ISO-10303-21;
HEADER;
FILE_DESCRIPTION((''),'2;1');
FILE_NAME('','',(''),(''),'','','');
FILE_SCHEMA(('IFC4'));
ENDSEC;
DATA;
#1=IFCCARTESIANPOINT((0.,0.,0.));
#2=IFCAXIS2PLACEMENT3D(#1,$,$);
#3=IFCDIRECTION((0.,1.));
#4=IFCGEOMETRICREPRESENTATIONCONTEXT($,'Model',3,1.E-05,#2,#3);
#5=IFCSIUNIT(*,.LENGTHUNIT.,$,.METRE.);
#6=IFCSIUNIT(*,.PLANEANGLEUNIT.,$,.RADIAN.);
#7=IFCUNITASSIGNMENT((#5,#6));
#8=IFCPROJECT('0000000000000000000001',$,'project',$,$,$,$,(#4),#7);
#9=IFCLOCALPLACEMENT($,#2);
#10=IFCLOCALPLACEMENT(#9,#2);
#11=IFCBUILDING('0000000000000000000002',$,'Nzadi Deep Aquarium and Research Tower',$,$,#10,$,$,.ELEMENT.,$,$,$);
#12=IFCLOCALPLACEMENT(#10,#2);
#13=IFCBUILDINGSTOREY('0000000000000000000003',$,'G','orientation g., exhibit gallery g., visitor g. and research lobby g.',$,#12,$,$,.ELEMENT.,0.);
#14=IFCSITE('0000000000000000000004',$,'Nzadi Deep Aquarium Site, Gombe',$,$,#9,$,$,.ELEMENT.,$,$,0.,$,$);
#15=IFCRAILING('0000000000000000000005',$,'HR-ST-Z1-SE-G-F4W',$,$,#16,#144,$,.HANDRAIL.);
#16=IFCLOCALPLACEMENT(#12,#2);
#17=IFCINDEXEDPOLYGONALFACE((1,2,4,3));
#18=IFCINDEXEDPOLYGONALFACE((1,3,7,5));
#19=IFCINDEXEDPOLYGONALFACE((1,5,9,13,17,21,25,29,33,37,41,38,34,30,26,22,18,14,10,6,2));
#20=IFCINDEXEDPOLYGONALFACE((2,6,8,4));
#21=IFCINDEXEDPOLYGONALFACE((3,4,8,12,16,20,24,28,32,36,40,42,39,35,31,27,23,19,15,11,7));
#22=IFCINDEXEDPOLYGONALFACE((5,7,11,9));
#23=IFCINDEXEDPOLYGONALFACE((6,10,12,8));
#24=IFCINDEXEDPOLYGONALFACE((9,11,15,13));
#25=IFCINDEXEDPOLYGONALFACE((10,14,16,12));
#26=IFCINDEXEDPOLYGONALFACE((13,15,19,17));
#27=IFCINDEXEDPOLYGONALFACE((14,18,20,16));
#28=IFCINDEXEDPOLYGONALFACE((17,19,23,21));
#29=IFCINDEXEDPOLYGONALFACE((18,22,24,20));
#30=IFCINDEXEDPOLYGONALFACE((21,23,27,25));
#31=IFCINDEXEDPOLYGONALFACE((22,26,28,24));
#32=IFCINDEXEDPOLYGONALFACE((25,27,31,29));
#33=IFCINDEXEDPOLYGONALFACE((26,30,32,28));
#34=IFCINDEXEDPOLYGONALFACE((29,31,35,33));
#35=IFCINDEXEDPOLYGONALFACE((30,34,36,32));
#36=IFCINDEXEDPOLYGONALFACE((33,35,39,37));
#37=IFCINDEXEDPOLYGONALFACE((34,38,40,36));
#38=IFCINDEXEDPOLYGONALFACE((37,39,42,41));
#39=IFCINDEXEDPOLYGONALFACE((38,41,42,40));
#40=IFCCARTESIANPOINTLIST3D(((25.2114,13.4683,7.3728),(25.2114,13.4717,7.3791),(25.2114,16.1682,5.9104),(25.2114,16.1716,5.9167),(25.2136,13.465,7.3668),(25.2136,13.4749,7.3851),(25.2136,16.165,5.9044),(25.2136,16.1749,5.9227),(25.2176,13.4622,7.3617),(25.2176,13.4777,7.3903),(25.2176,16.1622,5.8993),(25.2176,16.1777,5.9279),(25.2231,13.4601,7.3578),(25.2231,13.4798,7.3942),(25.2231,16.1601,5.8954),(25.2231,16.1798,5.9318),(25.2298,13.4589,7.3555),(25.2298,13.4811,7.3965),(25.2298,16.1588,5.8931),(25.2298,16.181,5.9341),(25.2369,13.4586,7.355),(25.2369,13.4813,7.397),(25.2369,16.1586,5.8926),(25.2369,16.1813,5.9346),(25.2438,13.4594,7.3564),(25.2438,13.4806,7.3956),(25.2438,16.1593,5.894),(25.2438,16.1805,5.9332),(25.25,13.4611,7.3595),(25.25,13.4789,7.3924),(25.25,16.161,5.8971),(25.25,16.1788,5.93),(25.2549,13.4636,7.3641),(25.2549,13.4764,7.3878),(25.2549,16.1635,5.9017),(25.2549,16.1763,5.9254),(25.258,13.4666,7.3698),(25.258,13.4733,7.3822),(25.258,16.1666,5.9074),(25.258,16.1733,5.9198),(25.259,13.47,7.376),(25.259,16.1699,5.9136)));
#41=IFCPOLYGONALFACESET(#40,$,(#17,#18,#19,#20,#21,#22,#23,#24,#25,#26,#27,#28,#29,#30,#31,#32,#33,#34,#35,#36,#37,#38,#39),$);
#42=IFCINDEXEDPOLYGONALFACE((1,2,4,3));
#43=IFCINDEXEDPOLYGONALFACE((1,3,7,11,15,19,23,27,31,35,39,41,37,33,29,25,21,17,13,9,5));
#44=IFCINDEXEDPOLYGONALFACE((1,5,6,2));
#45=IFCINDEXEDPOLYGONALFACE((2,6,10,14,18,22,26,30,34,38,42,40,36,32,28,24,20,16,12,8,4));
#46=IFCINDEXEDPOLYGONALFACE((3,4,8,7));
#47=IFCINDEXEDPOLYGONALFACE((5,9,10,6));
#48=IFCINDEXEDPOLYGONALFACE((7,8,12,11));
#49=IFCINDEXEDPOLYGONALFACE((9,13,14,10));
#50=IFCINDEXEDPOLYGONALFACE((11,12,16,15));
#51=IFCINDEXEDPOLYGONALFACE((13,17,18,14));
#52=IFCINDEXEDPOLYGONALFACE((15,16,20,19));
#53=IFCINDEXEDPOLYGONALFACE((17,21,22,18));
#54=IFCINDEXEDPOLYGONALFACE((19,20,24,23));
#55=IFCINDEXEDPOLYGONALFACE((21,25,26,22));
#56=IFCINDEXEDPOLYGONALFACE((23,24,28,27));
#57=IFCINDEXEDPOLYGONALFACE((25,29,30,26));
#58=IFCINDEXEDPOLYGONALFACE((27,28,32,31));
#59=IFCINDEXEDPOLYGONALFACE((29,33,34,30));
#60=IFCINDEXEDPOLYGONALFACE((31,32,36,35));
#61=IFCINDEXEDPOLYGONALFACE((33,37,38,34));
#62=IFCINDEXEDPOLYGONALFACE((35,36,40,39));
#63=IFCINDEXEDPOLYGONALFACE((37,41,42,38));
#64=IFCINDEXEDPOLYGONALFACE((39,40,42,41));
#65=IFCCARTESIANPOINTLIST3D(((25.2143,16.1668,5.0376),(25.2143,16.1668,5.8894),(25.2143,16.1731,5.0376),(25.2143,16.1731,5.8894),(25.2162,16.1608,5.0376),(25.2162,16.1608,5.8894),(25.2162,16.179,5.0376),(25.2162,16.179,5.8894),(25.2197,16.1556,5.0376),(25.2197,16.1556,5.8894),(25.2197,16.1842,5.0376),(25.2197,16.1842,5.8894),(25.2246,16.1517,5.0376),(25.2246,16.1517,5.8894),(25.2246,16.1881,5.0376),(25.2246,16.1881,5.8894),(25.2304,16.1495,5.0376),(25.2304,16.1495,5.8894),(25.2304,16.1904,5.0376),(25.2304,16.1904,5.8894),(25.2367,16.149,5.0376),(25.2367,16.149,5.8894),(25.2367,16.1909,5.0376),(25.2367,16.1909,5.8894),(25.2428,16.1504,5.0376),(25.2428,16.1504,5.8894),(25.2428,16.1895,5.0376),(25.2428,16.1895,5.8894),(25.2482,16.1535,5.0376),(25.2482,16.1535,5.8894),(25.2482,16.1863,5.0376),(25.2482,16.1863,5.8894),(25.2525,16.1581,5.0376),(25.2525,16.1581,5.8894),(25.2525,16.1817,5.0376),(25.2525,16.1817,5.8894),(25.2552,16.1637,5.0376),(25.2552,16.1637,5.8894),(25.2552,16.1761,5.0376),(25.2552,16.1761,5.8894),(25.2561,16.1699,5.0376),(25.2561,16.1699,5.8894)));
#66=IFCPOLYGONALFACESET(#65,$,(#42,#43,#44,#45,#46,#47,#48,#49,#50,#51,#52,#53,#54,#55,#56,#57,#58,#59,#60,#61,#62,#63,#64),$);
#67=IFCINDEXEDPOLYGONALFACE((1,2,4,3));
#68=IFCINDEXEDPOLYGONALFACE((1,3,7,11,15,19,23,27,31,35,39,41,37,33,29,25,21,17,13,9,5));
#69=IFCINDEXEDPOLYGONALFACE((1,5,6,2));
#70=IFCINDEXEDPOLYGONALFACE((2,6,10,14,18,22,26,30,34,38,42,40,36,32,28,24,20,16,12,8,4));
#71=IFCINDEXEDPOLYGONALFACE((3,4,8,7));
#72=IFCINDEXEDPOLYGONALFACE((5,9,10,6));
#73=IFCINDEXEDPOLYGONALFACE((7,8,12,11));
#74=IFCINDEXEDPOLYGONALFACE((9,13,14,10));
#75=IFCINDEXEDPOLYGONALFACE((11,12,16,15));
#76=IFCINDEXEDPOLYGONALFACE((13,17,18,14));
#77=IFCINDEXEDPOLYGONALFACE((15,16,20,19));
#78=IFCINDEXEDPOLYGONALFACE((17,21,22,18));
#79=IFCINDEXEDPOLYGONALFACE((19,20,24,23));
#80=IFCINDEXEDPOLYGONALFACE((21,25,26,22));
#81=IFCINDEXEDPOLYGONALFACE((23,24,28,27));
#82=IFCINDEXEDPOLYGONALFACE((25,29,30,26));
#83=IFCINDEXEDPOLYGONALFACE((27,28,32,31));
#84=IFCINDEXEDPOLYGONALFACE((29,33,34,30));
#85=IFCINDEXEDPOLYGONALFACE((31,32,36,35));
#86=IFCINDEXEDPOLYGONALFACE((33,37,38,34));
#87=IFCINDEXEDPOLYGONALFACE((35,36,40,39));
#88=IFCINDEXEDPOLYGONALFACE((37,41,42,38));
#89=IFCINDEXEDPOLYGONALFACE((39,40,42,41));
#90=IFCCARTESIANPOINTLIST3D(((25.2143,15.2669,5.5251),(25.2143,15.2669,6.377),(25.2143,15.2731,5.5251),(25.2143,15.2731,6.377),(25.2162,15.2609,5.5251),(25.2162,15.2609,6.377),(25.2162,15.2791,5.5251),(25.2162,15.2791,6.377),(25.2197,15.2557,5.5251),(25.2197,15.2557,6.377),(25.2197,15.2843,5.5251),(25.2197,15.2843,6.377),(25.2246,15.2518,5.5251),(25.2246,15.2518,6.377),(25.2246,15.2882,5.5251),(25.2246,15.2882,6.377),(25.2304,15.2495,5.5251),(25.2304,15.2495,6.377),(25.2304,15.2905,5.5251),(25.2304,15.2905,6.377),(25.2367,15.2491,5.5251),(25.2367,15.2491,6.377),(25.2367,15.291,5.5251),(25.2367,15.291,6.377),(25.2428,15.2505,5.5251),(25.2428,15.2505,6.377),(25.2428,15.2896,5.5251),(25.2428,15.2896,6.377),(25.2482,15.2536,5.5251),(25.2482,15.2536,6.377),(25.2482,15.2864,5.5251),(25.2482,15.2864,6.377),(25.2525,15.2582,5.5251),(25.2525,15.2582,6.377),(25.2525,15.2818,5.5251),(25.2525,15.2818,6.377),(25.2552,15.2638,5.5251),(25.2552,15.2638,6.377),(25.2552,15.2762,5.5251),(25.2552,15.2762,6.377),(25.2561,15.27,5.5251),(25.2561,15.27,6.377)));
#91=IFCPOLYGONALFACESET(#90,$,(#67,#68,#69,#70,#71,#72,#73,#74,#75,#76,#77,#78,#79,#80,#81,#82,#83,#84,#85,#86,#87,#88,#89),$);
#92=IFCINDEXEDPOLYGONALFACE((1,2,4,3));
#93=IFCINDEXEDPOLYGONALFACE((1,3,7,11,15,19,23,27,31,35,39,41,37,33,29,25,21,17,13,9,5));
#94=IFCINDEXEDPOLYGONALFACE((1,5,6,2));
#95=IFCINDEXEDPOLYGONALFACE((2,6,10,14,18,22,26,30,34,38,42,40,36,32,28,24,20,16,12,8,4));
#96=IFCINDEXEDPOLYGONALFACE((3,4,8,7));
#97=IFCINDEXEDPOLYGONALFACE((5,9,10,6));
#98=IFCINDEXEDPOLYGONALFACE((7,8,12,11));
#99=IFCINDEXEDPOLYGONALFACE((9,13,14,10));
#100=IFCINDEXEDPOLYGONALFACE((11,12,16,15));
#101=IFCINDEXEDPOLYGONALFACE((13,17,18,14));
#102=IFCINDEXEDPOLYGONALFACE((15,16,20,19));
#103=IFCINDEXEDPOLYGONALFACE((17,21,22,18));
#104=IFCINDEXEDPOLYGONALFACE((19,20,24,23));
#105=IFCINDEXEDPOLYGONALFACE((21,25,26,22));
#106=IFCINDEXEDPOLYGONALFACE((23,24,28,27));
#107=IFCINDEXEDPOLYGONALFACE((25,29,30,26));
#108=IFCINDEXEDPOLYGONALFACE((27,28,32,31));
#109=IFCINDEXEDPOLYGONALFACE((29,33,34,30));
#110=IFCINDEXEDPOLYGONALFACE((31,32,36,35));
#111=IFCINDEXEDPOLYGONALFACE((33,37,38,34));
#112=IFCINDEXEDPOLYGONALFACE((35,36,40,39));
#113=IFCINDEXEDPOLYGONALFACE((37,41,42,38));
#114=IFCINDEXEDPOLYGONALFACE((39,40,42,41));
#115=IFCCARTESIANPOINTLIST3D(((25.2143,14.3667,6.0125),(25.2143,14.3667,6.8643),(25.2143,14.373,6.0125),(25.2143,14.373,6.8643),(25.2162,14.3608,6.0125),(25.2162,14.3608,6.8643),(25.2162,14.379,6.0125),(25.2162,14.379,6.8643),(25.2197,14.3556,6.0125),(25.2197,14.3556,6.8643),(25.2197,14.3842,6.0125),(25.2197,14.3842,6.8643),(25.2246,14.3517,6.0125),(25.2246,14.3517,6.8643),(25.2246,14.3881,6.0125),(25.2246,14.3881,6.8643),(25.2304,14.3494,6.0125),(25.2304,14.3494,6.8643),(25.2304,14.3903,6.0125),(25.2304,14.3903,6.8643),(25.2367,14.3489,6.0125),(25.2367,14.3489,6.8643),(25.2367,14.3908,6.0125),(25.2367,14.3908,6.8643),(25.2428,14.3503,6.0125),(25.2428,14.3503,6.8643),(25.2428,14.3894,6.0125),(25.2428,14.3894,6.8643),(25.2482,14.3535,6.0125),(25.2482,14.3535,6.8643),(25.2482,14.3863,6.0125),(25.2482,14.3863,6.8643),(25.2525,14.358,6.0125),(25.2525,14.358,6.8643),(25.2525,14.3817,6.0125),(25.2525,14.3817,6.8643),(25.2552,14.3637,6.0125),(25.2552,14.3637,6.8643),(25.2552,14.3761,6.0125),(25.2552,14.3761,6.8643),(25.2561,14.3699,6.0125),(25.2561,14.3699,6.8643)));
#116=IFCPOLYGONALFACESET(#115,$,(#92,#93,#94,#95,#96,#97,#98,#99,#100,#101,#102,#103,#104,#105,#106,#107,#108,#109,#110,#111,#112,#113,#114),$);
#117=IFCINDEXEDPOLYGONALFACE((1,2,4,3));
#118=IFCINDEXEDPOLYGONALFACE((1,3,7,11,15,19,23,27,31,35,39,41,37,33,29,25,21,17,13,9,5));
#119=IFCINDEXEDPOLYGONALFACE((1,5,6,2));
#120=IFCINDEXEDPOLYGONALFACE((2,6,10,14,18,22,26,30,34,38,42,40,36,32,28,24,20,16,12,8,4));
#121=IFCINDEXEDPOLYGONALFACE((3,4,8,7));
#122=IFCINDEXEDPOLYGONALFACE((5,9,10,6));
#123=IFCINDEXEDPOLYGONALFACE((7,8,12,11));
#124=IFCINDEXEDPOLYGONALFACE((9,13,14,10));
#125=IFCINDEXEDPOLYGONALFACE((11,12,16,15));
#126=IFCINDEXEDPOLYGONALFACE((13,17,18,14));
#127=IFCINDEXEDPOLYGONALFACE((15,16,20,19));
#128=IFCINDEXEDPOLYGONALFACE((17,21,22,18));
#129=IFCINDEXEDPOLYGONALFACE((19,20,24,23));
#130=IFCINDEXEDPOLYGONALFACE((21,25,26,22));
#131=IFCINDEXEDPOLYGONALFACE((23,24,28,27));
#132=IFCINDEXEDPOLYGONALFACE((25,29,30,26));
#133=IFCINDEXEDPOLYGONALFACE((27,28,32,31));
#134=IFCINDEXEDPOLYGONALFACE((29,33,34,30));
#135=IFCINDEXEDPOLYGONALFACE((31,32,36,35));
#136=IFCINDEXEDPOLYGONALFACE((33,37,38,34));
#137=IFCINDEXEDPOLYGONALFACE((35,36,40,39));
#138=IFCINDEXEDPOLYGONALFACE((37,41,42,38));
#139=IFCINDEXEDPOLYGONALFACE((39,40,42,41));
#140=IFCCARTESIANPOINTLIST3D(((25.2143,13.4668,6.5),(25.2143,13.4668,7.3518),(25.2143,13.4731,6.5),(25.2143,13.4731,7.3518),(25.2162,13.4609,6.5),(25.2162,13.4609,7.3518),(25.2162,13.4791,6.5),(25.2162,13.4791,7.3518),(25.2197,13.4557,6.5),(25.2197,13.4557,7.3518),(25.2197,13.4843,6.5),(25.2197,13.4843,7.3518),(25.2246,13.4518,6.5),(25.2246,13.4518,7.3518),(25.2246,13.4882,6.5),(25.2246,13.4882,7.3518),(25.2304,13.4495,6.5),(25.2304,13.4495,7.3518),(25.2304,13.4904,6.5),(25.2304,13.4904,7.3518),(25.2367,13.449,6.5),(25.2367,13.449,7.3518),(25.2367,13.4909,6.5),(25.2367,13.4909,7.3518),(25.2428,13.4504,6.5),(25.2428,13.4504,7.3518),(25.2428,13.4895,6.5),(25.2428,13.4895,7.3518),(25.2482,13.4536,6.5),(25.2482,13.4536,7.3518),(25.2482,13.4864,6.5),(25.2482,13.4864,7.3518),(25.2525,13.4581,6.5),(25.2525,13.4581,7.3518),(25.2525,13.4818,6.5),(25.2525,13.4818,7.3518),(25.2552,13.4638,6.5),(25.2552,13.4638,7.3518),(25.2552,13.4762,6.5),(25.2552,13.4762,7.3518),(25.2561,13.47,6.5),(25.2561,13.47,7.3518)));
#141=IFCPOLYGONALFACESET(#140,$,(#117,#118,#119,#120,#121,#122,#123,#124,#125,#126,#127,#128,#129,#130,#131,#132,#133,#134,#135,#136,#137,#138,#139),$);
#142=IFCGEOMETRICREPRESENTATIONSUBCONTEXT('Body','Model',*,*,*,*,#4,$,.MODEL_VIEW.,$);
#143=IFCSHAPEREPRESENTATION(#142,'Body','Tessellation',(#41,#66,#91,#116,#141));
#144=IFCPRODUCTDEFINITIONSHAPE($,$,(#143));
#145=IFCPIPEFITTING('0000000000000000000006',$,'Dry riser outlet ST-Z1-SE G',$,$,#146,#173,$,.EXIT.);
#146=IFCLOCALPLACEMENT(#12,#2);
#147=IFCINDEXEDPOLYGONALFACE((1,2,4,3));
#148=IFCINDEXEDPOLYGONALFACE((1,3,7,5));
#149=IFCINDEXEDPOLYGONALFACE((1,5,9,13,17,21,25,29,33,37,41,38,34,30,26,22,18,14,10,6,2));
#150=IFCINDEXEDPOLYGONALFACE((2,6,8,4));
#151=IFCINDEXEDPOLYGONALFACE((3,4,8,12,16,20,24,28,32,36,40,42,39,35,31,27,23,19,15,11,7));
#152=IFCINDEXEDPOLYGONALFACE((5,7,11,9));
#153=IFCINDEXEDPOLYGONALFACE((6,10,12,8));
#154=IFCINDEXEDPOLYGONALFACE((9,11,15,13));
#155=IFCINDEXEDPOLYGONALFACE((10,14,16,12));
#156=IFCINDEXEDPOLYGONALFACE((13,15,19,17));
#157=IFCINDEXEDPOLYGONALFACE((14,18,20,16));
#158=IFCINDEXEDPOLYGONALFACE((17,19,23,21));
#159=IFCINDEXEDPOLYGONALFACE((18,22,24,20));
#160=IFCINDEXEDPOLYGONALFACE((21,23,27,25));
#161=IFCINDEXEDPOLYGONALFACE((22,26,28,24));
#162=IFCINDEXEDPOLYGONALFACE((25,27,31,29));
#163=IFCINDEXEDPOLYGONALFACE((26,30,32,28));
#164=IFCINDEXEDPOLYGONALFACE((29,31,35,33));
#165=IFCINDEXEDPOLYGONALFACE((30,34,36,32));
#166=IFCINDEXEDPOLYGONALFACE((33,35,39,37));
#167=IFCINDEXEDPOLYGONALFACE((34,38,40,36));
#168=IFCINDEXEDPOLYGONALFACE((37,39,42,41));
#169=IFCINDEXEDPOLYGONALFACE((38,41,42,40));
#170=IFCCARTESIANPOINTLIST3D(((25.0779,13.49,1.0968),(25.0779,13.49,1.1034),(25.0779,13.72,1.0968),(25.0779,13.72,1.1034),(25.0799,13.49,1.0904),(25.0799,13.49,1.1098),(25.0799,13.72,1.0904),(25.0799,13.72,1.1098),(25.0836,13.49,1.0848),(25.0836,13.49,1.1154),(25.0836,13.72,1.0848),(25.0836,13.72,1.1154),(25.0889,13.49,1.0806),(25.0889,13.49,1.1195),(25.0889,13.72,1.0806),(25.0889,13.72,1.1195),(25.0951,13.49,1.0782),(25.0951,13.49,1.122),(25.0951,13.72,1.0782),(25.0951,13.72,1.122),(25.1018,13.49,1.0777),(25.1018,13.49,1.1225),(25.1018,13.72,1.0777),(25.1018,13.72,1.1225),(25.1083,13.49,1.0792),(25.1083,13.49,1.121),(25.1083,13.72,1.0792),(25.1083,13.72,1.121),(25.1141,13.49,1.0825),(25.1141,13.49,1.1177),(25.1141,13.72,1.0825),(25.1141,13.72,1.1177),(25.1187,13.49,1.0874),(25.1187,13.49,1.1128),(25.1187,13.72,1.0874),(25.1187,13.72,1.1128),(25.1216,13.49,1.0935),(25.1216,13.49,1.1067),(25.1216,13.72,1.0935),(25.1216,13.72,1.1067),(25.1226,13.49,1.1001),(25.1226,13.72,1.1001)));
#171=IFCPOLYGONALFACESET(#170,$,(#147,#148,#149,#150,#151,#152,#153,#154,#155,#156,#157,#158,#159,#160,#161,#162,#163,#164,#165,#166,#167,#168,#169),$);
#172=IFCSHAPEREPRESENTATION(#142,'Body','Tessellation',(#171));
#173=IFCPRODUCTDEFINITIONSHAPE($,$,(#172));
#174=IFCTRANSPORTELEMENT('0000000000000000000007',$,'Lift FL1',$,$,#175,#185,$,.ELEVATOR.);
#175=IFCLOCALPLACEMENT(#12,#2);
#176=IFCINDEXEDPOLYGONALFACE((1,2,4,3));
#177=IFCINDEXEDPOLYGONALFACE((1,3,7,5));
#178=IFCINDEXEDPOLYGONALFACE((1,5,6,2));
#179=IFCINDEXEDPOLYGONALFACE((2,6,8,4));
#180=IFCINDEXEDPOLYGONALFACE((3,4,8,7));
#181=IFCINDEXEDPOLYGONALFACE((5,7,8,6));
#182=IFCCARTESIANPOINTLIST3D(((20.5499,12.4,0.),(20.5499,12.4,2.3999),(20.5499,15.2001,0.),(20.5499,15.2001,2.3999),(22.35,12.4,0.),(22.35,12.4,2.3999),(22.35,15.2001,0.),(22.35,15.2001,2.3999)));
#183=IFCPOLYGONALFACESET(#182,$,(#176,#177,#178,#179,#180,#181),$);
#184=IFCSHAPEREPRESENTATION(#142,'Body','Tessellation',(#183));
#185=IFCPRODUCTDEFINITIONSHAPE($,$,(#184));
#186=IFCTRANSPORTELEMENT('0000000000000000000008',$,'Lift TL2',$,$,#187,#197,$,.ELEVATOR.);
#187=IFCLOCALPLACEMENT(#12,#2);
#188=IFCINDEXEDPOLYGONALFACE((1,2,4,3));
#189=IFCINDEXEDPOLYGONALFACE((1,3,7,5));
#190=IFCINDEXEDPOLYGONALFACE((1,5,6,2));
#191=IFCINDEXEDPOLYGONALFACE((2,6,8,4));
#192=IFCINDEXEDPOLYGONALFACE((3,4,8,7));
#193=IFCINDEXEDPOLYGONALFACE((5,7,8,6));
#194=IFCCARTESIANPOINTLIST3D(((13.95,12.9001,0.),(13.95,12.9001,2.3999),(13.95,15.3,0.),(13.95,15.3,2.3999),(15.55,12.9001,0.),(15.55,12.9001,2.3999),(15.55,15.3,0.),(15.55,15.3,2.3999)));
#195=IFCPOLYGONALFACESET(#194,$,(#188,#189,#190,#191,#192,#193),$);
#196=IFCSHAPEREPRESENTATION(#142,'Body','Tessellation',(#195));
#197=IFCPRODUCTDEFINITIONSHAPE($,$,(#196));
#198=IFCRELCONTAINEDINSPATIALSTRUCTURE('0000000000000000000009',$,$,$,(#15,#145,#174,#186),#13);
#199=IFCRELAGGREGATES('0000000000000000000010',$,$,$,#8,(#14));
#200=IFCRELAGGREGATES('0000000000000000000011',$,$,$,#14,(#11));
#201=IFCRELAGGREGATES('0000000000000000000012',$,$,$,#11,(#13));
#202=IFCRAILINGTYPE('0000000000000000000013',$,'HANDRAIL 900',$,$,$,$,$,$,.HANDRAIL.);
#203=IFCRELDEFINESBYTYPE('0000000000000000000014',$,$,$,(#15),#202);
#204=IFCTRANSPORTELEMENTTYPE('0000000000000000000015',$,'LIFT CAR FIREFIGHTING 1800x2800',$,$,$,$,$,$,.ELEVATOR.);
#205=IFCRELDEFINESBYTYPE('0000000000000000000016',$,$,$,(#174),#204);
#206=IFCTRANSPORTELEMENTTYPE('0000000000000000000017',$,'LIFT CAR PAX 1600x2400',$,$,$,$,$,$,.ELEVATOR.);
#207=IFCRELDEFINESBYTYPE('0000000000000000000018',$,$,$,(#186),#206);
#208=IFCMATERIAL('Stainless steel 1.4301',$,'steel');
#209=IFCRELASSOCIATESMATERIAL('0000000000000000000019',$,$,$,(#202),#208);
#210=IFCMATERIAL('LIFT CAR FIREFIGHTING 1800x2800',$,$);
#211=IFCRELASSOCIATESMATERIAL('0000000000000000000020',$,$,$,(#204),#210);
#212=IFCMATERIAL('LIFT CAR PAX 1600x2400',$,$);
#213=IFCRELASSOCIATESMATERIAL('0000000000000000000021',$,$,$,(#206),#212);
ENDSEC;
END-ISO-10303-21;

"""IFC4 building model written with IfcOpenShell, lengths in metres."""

from ifc_helpers import new_model, si_unit, direction, frame, origin, origin_2d, place, context, subcontext, project, spatial, rectangle, circle, extrude, material, type_object, element, save


model = new_model("IFC4")

# Units and contexts
model_context = context("Model", 3, precision=1e-05, world=origin(), true_north=direction((0.0, 1.0)))
body_context = subcontext(model_context, "Body", "Model", "MODEL_VIEW")
ifc_project = project(units=[si_unit("LENGTHUNIT", "METRE"), si_unit("PLANEANGLEUNIT", "RADIAN")], contexts=[model_context])

# Site, building, storey
site_placement = place(None, origin())
site = spatial("IfcSite", under=ifc_project, at=site_placement, Name="Nzadi Deep Aquarium Site, Gombe", CompositionType="ELEMENT", RefElevation=0.0)
building_placement = place(site_placement, origin())
building = spatial("IfcBuilding", under=site, at=building_placement, Name="Nzadi Deep Aquarium and Research Tower", CompositionType="ELEMENT")
storey_placement = place(building_placement, origin())
storey = spatial("IfcBuildingStorey", under=building, at=storey_placement, Name="G", Description="orientation g., exhibit gallery g., visitor g. and research lobby g.", CompositionType="ELEMENT", Elevation=0.0)

# Railing
ifc_material_1 = material(Name="Stainless steel 1.4301", Category="steel")
railing_type = type_object("IfcRailingType", Name="HANDRAIL 900", PredefinedType="HANDRAIL", material=ifc_material_1)
for number, where, name in (
    (1, (25.2351, 16.1699, 5.0376), "HR-ST-Z1-SE-G-F4W"),
):
    element("IfcRailing", number, at=place(storey_placement, frame(where)), inside=storey, type_object=railing_type, Name=name, PredefinedType="HANDRAIL", context=body_context, shape_type="SweptSolid", body=[
        extrude(circle(Radius=0.0239, at=origin_2d()), frame((0.0, 0.0, 0.876), z_axis=(0.0, -0.879302, 0.476265), x_axis=(1.0, 0.0, 0.0)), (0.0, 0.0, 1.0), 3.0706),
        extrude(circle(Radius=0.021, at=origin_2d()), origin(), (0.0, 0.0, 1.0), 0.8518),
        extrude(circle(Radius=0.021, at=origin_2d()), frame((0.0, -0.8999, 0.4875)), (0.0, 0.0, 1.0), 0.8518),
        extrude(circle(Radius=0.021, at=origin_2d()), frame((0.0, -1.8, 0.9749)), (0.0, 0.0, 1.0), 0.8518),
        extrude(circle(Radius=0.021, at=origin_2d()), frame((0.0, -2.7, 1.4624)), (0.0, 0.0, 1.0), 0.8518),
    ])

# Pipe fitting
pipe_fitting_placement = place(storey_placement, frame((25.1001, 13.72, 1.1001), z_axis=(0.0, -1.0, 0.0), x_axis=(1.0, 0.0, 0.0)))
element("IfcPipeFitting", 2, at=pipe_fitting_placement, inside=storey, Name="Dry riser outlet ST-Z1-SE G", PredefinedType="EXIT", context=body_context, shape_type="SweptSolid", body=[
    extrude(circle(Radius=0.0225, at=origin_2d()), origin(), (0.0, 0.0, 1.0), 0.23),
])

# Transport elements
ifc_material_2 = material(Name="LIFT CAR FIREFIGHTING 1800x2800")
transport_element_type_1 = type_object("IfcTransportElementType", Name="LIFT CAR FIREFIGHTING 1800x2800", PredefinedType="ELEVATOR", material=ifc_material_2)
transport_element_1_placement = place(storey_placement, frame((21.45, 13.8, 0.0), z_axis=(0.0, 0.0, 1.0), x_axis=(1.0, 0.0, 0.0)))
element("IfcTransportElement", 3, at=transport_element_1_placement, inside=storey, type_object=transport_element_type_1, Name="Lift FL1", PredefinedType="ELEVATOR", context=body_context, shape_type="SweptSolid", body=[
    extrude(rectangle(XDim=1.8, YDim=2.8, at=origin_2d()), origin(), (0.0, 0.0, 1.0), 2.3999),
])
ifc_material_3 = material(Name="LIFT CAR PAX 1600x2400")
transport_element_type_2 = type_object("IfcTransportElementType", Name="LIFT CAR PAX 1600x2400", PredefinedType="ELEVATOR", material=ifc_material_3)
transport_element_2_placement = place(storey_placement, frame((14.75, 14.1001, 0.0), z_axis=(0.0, 0.0, 1.0), x_axis=(1.0, 0.0, 0.0)))
element("IfcTransportElement", 4, at=transport_element_2_placement, inside=storey, type_object=transport_element_type_2, Name="Lift TL2", PredefinedType="ELEVATOR", context=body_context, shape_type="SweptSolid", body=[
    extrude(rectangle(XDim=1.6001, YDim=2.3999, at=origin_2d()), origin(), (0.0, 0.0, 1.0), 2.3999),
])

save(model, "model.ifc")
